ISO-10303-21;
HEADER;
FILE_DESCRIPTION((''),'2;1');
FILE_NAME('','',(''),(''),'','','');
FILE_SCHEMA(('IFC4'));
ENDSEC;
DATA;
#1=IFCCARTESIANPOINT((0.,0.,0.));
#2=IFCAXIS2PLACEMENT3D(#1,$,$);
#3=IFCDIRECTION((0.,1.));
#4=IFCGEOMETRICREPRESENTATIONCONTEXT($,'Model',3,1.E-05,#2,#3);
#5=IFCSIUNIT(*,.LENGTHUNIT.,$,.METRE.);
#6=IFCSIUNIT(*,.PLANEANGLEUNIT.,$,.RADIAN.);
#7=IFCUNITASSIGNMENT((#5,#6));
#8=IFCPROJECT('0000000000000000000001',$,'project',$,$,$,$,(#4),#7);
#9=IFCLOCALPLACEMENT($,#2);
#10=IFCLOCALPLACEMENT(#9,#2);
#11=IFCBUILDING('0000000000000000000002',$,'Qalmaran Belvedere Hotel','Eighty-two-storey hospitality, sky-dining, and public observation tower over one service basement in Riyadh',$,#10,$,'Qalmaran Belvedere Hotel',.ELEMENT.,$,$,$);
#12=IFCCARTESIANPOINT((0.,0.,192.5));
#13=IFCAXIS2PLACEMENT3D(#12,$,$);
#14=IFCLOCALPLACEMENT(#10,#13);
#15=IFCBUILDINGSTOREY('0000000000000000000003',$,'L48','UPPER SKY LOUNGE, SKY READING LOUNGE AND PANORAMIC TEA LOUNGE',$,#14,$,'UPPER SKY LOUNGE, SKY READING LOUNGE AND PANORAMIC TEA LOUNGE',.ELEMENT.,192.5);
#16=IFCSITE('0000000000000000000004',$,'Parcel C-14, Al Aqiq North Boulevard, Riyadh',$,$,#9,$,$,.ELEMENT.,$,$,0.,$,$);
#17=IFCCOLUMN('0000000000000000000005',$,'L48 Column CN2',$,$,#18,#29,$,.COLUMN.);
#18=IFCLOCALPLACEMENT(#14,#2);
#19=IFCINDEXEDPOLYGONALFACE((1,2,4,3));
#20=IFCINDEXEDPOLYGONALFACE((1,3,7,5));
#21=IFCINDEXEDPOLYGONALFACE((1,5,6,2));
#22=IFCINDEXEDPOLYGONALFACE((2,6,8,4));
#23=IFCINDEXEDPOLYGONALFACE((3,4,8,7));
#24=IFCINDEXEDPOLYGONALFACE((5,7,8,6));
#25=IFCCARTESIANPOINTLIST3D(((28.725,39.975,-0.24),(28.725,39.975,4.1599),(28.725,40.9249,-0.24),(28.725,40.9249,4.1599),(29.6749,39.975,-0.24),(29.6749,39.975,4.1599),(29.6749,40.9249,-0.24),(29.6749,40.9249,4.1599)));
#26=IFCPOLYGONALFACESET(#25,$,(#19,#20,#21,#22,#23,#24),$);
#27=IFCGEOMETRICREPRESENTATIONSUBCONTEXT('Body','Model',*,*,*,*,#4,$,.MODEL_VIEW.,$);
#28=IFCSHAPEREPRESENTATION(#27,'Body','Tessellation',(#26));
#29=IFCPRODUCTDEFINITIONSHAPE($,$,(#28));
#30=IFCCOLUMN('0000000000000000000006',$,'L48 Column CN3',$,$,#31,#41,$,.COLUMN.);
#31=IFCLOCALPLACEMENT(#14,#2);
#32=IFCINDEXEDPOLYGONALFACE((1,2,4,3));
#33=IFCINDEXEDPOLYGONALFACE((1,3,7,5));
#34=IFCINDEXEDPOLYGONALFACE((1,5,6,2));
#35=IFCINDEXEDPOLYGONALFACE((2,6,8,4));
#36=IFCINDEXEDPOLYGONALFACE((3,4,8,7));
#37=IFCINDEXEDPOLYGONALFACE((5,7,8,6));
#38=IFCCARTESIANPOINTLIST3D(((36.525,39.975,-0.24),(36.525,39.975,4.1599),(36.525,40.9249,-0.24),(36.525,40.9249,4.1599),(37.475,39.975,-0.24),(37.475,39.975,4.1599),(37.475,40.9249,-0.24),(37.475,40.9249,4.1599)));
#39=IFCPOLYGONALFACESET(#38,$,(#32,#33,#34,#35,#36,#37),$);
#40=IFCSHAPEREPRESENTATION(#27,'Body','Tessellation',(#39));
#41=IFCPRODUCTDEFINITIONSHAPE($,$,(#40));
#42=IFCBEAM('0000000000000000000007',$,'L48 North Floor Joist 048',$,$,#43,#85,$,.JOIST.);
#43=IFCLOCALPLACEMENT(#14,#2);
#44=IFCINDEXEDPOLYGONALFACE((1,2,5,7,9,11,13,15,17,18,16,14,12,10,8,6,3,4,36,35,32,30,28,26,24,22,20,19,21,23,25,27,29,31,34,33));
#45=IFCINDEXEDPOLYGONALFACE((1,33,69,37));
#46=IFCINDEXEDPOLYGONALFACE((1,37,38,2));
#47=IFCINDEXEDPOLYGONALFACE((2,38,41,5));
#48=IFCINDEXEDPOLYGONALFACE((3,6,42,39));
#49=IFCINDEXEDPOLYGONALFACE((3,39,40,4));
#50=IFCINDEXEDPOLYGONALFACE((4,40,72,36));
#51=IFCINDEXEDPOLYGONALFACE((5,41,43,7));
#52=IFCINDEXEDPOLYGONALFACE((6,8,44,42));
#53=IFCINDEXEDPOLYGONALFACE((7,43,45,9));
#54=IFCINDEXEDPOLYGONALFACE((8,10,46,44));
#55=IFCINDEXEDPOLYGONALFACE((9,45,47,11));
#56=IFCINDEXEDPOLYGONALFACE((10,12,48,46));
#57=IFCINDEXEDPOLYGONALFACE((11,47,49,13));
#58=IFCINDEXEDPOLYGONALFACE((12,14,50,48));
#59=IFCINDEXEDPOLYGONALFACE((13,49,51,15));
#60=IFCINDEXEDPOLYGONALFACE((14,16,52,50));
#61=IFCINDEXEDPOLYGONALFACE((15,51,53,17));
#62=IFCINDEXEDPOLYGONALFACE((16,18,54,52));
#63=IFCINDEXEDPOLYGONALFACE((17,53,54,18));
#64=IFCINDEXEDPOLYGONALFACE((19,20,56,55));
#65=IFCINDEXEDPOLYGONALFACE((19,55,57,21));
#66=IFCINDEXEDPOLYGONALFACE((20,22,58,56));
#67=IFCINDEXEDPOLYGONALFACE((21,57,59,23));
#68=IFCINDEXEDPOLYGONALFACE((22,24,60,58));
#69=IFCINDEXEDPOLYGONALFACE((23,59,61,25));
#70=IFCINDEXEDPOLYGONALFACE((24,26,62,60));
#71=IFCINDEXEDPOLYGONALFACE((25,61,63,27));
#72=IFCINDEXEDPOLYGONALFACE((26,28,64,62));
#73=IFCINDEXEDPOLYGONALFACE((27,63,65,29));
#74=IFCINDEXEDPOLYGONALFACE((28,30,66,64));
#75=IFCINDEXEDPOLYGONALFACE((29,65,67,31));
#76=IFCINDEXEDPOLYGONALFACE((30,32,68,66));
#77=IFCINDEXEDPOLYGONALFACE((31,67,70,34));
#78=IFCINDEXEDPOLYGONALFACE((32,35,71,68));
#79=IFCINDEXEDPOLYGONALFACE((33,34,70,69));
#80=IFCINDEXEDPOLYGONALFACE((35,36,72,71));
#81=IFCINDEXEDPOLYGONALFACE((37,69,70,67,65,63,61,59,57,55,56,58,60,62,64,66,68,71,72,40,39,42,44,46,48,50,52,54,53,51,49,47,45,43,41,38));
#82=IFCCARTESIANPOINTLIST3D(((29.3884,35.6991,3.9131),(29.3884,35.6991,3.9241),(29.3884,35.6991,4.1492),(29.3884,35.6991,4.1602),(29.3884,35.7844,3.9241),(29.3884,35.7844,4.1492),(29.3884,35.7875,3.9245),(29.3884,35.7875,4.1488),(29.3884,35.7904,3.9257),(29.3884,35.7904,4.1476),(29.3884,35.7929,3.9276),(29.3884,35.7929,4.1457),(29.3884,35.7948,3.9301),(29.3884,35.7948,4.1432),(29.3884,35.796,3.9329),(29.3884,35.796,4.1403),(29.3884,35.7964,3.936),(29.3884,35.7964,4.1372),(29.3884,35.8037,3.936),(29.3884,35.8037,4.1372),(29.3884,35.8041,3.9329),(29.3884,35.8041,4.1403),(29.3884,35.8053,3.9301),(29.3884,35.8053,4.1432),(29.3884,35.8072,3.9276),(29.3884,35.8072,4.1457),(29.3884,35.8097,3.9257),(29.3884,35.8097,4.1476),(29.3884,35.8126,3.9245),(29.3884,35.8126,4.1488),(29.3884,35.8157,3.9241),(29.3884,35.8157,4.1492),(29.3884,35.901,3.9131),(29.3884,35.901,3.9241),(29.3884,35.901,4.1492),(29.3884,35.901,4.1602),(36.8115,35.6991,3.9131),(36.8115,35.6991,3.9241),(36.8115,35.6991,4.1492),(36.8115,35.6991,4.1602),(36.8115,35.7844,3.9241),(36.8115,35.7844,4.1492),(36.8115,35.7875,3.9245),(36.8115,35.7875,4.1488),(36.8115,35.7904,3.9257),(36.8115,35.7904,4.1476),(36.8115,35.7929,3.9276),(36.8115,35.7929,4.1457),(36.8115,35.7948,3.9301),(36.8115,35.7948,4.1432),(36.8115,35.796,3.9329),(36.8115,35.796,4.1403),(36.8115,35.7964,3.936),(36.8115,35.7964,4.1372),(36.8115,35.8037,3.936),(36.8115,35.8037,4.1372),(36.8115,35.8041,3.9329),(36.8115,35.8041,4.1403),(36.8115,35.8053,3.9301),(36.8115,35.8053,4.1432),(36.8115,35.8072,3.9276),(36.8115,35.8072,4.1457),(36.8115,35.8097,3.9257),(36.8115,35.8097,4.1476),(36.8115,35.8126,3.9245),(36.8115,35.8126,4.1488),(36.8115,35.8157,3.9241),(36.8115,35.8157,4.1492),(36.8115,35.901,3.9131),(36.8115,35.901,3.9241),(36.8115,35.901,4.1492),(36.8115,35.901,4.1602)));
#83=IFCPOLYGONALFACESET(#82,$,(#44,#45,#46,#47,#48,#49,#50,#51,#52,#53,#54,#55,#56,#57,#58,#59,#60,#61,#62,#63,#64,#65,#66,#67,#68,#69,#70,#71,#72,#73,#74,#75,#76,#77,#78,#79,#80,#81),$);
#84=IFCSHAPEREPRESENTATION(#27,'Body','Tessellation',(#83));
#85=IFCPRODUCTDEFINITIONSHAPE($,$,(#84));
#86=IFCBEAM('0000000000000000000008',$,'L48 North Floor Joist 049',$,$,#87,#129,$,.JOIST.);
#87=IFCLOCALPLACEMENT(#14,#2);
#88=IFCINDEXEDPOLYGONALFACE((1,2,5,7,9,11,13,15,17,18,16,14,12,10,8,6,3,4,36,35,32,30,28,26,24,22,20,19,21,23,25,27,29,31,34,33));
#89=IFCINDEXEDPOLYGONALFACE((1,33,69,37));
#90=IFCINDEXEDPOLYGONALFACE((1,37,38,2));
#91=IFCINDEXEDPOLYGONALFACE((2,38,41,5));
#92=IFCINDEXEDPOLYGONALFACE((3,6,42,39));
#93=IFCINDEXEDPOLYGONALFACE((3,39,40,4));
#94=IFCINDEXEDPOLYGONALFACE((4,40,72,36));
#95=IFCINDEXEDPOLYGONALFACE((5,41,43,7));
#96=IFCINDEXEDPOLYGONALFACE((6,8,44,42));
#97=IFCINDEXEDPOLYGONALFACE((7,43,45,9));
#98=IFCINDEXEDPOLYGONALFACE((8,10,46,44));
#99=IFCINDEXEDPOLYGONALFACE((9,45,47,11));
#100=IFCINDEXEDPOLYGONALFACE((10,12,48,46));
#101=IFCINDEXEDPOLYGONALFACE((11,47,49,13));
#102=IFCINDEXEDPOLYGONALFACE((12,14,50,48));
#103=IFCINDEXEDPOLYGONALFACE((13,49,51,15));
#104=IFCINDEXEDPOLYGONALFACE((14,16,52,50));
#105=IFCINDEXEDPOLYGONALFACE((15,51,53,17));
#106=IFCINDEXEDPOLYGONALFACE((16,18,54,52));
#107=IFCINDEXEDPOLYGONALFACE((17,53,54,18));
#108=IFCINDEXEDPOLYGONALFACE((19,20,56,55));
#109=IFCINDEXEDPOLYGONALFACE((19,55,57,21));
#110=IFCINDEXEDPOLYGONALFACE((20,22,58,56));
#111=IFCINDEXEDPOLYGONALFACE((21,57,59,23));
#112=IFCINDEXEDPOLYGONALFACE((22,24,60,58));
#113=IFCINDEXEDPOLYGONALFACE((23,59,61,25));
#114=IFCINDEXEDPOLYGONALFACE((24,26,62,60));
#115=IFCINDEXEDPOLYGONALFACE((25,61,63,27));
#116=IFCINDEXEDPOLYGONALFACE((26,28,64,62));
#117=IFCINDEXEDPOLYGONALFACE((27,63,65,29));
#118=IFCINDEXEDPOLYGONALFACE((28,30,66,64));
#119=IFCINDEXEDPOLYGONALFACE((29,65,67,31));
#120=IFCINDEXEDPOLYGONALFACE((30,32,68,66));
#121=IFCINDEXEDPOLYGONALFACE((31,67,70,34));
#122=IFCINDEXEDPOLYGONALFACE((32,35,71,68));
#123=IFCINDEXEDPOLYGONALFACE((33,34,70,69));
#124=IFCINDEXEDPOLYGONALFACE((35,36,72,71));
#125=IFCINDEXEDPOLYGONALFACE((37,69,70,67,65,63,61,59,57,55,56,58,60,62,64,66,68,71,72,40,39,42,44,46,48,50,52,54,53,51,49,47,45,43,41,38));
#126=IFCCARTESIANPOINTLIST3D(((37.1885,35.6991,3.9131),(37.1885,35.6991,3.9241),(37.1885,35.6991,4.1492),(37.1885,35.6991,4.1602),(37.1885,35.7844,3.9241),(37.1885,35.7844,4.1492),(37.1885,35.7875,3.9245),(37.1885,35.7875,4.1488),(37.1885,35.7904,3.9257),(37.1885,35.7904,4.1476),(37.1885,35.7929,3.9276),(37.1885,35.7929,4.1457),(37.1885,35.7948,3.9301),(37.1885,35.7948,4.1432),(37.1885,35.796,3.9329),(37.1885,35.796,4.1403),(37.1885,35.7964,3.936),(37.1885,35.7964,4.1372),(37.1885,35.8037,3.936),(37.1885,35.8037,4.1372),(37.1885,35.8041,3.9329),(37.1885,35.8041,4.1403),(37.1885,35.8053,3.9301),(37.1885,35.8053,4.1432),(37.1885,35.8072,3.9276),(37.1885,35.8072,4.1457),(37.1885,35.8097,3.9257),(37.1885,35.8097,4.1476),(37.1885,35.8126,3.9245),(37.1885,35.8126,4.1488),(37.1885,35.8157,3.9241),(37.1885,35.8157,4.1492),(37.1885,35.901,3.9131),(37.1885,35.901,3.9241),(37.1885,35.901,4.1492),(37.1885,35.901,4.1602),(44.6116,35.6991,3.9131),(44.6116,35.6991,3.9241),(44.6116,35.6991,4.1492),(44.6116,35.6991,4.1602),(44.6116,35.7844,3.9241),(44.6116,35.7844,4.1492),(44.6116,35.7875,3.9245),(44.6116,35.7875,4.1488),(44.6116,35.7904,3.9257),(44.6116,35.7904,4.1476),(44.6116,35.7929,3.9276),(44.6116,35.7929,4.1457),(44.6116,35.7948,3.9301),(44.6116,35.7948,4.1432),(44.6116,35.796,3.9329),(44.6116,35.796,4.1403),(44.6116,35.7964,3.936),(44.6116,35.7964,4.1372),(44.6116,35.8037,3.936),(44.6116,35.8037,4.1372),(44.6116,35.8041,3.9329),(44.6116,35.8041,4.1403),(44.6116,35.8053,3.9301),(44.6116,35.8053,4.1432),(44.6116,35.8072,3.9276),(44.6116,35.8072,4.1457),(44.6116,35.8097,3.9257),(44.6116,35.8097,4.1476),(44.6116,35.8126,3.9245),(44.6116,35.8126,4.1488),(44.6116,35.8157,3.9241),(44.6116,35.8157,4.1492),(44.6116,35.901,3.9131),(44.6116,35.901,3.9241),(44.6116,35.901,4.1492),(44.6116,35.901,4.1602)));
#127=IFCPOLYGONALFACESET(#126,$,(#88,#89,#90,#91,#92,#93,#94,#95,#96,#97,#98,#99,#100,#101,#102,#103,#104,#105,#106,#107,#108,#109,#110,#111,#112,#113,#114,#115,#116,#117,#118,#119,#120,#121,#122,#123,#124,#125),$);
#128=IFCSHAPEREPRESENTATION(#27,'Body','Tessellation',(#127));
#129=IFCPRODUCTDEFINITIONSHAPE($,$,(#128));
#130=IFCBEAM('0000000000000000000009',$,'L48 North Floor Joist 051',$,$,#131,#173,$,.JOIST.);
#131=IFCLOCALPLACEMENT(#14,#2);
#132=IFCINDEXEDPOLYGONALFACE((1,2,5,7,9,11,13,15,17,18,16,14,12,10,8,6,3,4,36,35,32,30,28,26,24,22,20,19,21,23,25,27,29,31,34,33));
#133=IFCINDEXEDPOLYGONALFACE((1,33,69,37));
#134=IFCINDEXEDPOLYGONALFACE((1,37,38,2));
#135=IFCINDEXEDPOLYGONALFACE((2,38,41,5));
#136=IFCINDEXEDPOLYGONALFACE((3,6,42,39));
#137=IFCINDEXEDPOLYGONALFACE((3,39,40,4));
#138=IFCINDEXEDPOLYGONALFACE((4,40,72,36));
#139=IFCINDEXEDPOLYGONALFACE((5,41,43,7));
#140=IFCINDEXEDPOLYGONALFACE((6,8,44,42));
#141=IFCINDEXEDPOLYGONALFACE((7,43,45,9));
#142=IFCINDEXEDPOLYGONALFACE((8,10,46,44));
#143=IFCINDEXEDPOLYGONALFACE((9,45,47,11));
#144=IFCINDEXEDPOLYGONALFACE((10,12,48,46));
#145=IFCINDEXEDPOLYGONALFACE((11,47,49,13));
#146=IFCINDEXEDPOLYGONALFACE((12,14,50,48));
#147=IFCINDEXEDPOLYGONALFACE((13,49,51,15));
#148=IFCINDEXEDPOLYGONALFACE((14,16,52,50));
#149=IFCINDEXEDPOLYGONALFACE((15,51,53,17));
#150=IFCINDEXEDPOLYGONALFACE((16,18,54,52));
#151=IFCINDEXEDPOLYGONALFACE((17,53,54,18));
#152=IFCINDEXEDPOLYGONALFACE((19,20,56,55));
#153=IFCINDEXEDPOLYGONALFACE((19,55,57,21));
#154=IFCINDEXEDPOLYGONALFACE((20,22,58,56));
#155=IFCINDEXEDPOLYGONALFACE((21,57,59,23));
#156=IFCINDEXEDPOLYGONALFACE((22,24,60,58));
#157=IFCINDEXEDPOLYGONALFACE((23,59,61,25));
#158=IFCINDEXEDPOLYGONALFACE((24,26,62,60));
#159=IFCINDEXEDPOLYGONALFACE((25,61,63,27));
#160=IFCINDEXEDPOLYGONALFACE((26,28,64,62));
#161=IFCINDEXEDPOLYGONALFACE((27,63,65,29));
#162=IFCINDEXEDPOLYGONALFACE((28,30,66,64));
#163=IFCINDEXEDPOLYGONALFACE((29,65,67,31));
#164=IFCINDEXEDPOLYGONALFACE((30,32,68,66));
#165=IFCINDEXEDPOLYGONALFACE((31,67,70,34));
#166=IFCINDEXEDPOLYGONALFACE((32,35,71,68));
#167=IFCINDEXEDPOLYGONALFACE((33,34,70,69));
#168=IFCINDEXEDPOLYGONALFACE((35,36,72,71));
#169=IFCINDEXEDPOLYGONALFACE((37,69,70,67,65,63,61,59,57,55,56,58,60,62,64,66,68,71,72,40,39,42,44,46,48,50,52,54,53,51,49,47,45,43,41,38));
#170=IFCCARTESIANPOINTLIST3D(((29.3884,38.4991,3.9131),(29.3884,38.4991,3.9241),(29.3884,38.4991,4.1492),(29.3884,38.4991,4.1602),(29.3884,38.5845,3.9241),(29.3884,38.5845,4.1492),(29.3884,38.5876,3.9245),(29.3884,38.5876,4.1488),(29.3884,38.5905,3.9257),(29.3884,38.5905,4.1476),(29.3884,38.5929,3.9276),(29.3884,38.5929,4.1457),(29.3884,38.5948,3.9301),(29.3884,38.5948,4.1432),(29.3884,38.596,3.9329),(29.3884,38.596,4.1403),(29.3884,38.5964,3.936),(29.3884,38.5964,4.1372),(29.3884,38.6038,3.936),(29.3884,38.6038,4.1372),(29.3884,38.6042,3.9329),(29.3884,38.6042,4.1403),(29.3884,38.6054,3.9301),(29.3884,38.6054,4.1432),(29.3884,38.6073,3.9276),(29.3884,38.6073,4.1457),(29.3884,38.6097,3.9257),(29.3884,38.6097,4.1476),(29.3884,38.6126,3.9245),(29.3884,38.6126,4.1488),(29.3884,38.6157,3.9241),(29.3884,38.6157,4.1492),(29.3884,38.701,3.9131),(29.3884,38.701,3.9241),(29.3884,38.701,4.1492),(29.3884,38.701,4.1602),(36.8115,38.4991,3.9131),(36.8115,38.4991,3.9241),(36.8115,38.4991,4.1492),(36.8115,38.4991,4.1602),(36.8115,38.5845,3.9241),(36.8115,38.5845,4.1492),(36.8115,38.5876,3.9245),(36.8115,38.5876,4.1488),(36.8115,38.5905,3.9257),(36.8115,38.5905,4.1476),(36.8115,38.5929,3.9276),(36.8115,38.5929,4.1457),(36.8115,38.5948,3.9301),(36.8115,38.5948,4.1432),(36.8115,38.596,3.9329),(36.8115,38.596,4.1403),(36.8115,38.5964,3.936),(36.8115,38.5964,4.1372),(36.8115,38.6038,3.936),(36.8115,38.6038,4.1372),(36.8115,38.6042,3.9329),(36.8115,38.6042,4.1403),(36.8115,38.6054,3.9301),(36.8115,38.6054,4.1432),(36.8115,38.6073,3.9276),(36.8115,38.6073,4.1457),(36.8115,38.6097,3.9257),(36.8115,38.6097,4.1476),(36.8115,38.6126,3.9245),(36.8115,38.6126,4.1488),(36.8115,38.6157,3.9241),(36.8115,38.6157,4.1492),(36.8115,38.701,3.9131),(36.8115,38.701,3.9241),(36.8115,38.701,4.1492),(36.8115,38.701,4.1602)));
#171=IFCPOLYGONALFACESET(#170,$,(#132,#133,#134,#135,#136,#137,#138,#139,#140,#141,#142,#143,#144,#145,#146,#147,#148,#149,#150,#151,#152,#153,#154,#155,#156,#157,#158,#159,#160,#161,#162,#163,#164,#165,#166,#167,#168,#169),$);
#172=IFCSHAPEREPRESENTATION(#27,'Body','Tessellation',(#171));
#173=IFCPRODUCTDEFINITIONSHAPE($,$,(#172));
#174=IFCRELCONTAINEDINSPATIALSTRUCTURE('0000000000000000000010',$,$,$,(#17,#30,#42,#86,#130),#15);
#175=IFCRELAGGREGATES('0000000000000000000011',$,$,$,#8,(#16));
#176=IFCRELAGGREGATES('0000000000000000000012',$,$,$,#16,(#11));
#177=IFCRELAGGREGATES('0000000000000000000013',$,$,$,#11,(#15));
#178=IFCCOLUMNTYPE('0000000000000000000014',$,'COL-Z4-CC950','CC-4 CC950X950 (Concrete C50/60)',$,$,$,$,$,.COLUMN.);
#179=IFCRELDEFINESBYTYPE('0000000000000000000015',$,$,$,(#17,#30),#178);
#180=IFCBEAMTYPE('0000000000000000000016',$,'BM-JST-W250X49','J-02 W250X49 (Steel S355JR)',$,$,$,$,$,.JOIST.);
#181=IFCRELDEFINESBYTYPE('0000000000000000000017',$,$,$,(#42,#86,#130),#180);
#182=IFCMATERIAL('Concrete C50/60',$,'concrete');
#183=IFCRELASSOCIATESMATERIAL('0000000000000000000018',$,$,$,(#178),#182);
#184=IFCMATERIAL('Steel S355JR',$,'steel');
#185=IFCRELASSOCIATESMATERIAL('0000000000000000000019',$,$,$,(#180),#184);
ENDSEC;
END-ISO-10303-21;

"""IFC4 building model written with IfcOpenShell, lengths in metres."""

from ifc_helpers import new_model, si_unit, direction, frame, origin, origin_2d, place, context, subcontext, project, spatial, rectangle, i_section, extrude, material, material_profile, profile_set, type_object, element, save


model = new_model("IFC4")

# Units and contexts
model_context = context("Model", 3, precision=1e-05, world=origin(), true_north=direction((0.0, 1.0)))
body_context = subcontext(model_context, "Body", "Model", "MODEL_VIEW")
ifc_project = project(units=[si_unit("LENGTHUNIT", "METRE"), si_unit("PLANEANGLEUNIT", "RADIAN")], contexts=[model_context])

# Site, building, storey
site_placement = place(None, origin())
site = spatial("IfcSite", under=ifc_project, at=site_placement, Name="Parcel C-14, Al Aqiq North Boulevard, Riyadh", CompositionType="ELEMENT", RefElevation=0.0)
building_placement = place(site_placement, origin())
building = spatial("IfcBuilding", under=site, at=building_placement, Name="Qalmaran Belvedere Hotel", Description="Eighty-two-storey hospitality, sky-dining, and public observation tower over one service basement in Riyadh", LongName="Qalmaran Belvedere Hotel", CompositionType="ELEMENT")
storey_placement = place(building_placement, frame((0.0, 0.0, 192.5)))
storey = spatial("IfcBuildingStorey", under=building, at=storey_placement, Name="L48", Description="UPPER SKY LOUNGE, SKY READING LOUNGE AND PANORAMIC TEA LOUNGE", LongName="UPPER SKY LOUNGE, SKY READING LOUNGE AND PANORAMIC TEA LOUNGE", CompositionType="ELEMENT", Elevation=192.5)

# Columns
ifc_material_1 = material(Name="Concrete C50/60", Category="concrete")
ifc_material_profile_1 = material_profile(ifc_material_1, rectangle(XDim=0.95, YDim=0.95, at=origin_2d()), Name="CC950X950")
ifc_profile_set_1 = profile_set([ifc_material_profile_1], Name="Concrete C50/60")
column_type = type_object("IfcColumnType", Name="COL-Z4-CC950", Description="CC-4 CC950X950 (Concrete C50/60)", PredefinedType="COLUMN", material=ifc_profile_set_1)
for number, where, z_axis, x_axis, name in (
    (1, (29.2, 40.45, -0.24), (0.0, 0.0, 1.0), (1.0, 0.0, 0.0), "L48 Column CN2"),
    (2, (37.0, 40.45, -0.24), (0.0, 0.0, 1.0), (1.0, 0.0, 0.0), "L48 Column CN3"),
):
    element("IfcColumn", number, at=place(storey_placement, frame(where, z_axis=z_axis, x_axis=x_axis)), inside=storey, type_object=column_type, Name=name, PredefinedType="COLUMN", context=body_context, shape_type="SweptSolid", body=[
        extrude(rectangle(XDim=0.95, YDim=0.95, at=origin_2d()), origin(), (0.0, 0.0, 1.0), 4.3999),
    ])

# Beams
ifc_material_2 = material(Name="Steel S355JR", Category="steel")
ifc_material_profile_2 = material_profile(ifc_material_2, i_section(OverallWidth=0.2019, OverallDepth=0.2471, WebThickness=0.0073, FlangeThickness=0.011, FilletRadius=0.012, at=origin_2d()), Name="W250X49")
ifc_profile_set_2 = profile_set([ifc_material_profile_2], Name="Steel S355JR")
beam_type_1 = type_object("IfcBeamType", Name="BM-JST-W250X49", Description="J-02 W250X49 (Steel S355JR)", PredefinedType="JOIST", material=ifc_profile_set_2)
for number, where, z_axis, x_axis, name in (
    (3, (29.3884, 35.8, 4.0366), (1.0, 0.0, 0.0), (0.0, 1.0, 0.0), "L48 North Floor Joist 048"),
    (4, (37.1885, 35.8, 4.0366), (1.0, 0.0, 0.0), (0.0, 1.0, 0.0), "L48 North Floor Joist 049"),
    (5, (29.3884, 38.6001, 4.0366), (1.0, 0.0, 0.0), (0.0, 1.0, 0.0), "L48 North Floor Joist 051"),
):
    element("IfcBeam", number, at=place(storey_placement, frame(where, z_axis=z_axis, x_axis=x_axis)), inside=storey, type_object=beam_type_1, Name=name, PredefinedType="JOIST", context=body_context, shape_type="SweptSolid", body=[
        extrude(i_section(OverallWidth=0.2019, OverallDepth=0.2471, WebThickness=0.0073, FlangeThickness=0.011, FilletRadius=0.012, at=origin_2d()), origin(), (0.0, 0.0, 1.0), 7.4231),
    ])

save(model, "model.ifc")
